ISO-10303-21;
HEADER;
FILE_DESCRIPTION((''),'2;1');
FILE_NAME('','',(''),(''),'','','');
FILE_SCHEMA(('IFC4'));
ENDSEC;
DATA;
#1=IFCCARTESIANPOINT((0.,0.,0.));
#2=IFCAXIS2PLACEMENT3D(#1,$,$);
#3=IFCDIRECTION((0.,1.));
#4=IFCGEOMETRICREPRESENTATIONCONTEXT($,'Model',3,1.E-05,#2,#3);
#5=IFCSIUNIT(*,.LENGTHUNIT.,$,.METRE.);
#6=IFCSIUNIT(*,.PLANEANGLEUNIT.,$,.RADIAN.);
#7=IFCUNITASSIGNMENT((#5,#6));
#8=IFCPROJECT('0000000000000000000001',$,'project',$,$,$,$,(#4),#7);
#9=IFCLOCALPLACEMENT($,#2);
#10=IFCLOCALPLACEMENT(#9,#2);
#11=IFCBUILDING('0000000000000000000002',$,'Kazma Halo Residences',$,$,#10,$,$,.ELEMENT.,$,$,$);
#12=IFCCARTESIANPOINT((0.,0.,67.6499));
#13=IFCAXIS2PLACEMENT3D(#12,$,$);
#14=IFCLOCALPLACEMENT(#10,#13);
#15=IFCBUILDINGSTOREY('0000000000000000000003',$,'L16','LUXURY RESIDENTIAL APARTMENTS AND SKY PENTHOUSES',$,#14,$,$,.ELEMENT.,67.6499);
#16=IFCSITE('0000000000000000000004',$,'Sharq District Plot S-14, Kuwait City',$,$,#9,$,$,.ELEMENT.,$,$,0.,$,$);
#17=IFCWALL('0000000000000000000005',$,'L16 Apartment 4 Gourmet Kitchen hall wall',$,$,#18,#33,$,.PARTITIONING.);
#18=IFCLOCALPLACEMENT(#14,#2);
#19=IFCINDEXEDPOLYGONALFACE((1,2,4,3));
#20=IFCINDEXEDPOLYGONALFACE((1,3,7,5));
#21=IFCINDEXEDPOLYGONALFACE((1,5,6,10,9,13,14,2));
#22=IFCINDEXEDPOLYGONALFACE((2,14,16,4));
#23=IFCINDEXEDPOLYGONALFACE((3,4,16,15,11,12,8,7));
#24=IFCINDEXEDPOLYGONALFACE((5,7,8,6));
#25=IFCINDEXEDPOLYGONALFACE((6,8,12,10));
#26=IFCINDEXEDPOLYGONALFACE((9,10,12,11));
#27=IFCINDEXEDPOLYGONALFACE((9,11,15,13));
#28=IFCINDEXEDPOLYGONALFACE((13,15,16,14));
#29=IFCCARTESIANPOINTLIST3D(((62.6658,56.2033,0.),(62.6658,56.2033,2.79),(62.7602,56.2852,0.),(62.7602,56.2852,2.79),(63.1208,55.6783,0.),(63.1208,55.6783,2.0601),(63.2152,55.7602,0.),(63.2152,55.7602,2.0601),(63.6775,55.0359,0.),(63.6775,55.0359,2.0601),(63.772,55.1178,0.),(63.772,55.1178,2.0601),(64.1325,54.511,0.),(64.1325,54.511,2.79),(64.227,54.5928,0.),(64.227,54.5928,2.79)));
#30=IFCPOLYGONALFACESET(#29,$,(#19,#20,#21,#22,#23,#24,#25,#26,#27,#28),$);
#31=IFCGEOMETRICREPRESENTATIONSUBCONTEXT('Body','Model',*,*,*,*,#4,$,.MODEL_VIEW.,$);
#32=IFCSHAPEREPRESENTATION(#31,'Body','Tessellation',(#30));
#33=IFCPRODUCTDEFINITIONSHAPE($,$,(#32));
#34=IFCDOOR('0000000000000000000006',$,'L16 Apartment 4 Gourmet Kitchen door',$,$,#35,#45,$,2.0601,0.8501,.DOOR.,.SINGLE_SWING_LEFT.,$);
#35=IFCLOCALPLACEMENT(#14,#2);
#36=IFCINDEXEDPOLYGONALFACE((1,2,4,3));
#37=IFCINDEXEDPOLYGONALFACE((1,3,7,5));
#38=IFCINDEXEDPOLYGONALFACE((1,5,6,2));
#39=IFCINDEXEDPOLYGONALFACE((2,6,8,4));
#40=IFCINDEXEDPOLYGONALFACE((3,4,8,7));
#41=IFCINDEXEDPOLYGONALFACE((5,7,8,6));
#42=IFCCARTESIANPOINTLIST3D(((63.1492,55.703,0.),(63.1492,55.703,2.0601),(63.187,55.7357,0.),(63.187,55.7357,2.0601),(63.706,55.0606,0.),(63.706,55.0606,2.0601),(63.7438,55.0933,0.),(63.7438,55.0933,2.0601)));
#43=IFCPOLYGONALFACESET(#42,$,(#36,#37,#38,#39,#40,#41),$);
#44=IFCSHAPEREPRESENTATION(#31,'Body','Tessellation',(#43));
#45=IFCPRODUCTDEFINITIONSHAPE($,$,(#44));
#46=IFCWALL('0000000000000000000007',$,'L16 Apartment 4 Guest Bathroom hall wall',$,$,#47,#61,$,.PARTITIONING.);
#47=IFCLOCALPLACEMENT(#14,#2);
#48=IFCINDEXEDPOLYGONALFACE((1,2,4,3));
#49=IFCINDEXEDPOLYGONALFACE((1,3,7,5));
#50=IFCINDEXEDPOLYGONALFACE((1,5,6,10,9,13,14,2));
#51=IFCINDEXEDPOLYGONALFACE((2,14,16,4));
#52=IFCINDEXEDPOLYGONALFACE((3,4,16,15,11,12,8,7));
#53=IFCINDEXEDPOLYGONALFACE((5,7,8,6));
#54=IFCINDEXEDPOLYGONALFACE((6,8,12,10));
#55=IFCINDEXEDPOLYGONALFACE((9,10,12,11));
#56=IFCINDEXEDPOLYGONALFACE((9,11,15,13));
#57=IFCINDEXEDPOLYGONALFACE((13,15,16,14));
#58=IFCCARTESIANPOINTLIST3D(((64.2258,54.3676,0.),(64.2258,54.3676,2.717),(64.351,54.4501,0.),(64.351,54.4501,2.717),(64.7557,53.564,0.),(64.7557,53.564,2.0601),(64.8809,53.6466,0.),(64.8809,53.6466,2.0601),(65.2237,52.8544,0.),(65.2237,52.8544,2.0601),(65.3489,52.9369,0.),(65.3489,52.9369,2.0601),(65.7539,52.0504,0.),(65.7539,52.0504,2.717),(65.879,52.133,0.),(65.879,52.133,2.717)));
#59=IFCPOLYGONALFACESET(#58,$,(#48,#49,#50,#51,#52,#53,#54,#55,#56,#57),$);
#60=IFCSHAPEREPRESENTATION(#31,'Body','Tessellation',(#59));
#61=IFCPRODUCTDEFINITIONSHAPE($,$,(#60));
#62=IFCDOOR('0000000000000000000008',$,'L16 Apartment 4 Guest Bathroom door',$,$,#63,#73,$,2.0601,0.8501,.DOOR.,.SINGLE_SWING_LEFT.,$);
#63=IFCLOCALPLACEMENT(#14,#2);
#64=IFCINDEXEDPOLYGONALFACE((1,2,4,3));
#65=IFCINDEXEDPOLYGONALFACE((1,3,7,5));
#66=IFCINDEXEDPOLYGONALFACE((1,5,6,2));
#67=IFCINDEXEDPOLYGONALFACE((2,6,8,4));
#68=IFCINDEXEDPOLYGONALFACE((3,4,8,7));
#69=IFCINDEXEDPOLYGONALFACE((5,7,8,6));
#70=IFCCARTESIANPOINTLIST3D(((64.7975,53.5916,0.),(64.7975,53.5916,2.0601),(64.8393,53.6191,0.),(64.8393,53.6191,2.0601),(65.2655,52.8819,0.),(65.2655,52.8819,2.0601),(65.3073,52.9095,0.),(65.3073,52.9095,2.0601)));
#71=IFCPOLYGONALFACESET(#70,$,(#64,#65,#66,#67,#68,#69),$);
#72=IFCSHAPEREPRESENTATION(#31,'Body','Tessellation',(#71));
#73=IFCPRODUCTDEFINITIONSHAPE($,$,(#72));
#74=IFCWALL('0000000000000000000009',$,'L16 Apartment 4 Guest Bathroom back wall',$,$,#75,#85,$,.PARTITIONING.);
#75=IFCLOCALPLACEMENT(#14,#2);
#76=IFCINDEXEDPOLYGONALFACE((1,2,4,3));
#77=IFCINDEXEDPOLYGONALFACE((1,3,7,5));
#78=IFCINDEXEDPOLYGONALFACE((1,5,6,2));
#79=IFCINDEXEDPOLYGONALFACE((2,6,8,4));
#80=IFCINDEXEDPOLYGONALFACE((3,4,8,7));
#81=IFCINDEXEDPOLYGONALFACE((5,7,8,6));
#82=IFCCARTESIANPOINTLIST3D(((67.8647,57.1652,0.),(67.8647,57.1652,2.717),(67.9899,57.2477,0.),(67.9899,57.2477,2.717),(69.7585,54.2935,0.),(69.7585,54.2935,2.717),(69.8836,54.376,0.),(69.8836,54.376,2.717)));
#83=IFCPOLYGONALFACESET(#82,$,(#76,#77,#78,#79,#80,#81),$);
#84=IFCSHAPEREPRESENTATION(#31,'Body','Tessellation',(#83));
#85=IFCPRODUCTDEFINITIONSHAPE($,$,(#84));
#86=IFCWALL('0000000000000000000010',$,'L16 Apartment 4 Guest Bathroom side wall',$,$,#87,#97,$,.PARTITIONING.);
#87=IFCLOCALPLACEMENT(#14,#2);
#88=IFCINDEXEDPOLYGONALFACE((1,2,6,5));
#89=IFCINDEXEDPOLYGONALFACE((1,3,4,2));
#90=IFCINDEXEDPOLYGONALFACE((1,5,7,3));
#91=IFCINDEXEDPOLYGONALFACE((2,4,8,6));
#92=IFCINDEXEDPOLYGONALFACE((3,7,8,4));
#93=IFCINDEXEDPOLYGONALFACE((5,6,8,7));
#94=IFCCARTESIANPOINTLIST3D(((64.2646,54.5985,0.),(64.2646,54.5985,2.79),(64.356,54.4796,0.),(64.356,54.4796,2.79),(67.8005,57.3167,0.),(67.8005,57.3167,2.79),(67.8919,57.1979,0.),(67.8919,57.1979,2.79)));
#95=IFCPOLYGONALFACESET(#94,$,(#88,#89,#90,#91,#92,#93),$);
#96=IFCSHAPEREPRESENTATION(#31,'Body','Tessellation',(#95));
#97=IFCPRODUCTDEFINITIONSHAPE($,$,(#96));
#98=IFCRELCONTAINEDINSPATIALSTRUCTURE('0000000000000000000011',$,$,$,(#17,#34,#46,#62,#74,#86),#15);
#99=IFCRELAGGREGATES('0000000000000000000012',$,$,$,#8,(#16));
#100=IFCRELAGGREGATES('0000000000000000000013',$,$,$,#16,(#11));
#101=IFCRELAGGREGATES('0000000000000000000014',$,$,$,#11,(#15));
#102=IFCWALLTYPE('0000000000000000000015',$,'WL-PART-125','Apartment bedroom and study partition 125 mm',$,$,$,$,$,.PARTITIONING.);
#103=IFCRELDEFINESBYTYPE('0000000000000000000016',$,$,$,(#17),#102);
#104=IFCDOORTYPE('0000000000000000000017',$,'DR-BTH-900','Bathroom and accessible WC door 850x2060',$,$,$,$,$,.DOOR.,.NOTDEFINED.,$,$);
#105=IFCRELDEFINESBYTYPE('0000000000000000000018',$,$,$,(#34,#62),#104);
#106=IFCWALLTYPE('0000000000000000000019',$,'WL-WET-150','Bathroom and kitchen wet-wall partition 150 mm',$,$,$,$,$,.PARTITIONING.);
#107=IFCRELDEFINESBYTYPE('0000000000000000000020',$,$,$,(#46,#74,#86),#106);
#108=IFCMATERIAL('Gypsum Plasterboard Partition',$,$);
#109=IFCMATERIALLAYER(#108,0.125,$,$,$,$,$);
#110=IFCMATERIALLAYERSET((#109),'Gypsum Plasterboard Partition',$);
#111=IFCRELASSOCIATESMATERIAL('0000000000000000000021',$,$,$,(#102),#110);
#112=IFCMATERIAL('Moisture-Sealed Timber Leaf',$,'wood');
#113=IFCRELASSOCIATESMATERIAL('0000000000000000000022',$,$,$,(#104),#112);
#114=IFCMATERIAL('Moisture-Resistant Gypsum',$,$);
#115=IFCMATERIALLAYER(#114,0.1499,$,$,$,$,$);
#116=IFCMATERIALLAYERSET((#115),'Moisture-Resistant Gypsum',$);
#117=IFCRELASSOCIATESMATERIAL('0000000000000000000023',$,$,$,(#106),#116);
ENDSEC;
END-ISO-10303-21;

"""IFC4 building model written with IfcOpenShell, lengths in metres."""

from ifc_helpers import new_model, si_unit, direction, frame, frame_2d, origin, place, context, subcontext, project, spatial, rectangle, extrude, material, layer, layer_set, type_object, element, fill, save


model = new_model("IFC4")

# Units and contexts
model_context = context("Model", 3, precision=1e-05, world=origin(), true_north=direction((0.0, 1.0)))
body_context = subcontext(model_context, "Body", "Model", "MODEL_VIEW")
ifc_project = project(units=[si_unit("LENGTHUNIT", "METRE"), si_unit("PLANEANGLEUNIT", "RADIAN")], contexts=[model_context])

# Site, building, storey
site_placement = place(None, origin())
site = spatial("IfcSite", under=ifc_project, at=site_placement, Name="Sharq District Plot S-14, Kuwait City", CompositionType="ELEMENT", RefElevation=0.0)
building_placement = place(site_placement, origin())
building = spatial("IfcBuilding", under=site, at=building_placement, Name="Kazma Halo Residences", CompositionType="ELEMENT")
storey_placement = place(building_placement, frame((0.0, 0.0, 67.6499)))
storey = spatial("IfcBuildingStorey", under=building, at=storey_placement, Name="L16", Description="LUXURY RESIDENTIAL APARTMENTS AND SKY PENTHOUSES", CompositionType="ELEMENT", Elevation=67.6499)

# Shared definitions
ifc_material_1 = material(Name="Gypsum Plasterboard Partition")
ifc_layer_1 = layer(ifc_material_1, 0.125)
ifc_layer_set_1 = layer_set([ifc_layer_1], Name="Gypsum Plasterboard Partition")
wall_type_1 = type_object("IfcWallType", Name="WL-PART-125", Description="Apartment bedroom and study partition 125 mm", PredefinedType="PARTITIONING", material=ifc_layer_set_1)

# Walls, openings, doors
ifc_material_2 = material(Name="Moisture-Sealed Timber Leaf", Category="wood")
door_type = type_object("IfcDoorType", Name="DR-BTH-900", Description="Bathroom and accessible WC door 850x2060", OperationType="NOTDEFINED", PredefinedType="DOOR", material=ifc_material_2)
wall_1_placement = place(storey_placement, frame((64.1797, 54.552, 0.0), z_axis=(0.0, 0.0, 1.0), x_axis=(-0.654947, 0.755675, 0.0)))
wall_1 = element("IfcWall", 1, at=wall_1_placement, inside=storey, type_object=wall_type_1, Name="L16 Apartment 4 Gourmet Kitchen hall wall", PredefinedType="PARTITIONING", context=body_context, shape_type="SweptSolid", body=[
    extrude(rectangle(XDim=2.2395, YDim=0.125, at=frame_2d((1.1196, 0.0))), origin(), (0.0, 0.0, 1.0), 2.79),
])
opening_1_placement = place(wall_1_placement, frame((0.6946, 0.0, 0.0)))
opening_1 = element("IfcOpeningElement", 2, at=opening_1_placement, cuts=wall_1, PredefinedType="OPENING", context=body_context, shape_type="SweptSolid", body=[
    extrude(rectangle(XDim=0.8501, YDim=2.0601, at=frame_2d((0.425, 1.03))), frame((0.0, 0.0725, 0.0), z_axis=(0.0, -1.0, 0.0), x_axis=(1.0, 0.0, 0.0)), (0.0, 0.0, 1.0), 0.145),
])
door_1_placement = place(opening_1_placement, origin())
door_1 = element("IfcDoor", 3, at=door_1_placement, inside=storey, type_object=door_type, Name="L16 Apartment 4 Gourmet Kitchen door", OperationType="SINGLE_SWING_LEFT", OverallHeight=2.0601, OverallWidth=0.8501, PredefinedType="DOOR", context=body_context, shape_type="SweptSolid", body=[
    extrude(rectangle(XDim=0.8501, YDim=2.0601, at=frame_2d((0.425, 1.03))), frame((0.0, 0.0249, 0.0), z_axis=(0.0, -1.0, 0.0), x_axis=(1.0, 0.0, 0.0)), (0.0, 0.0, 1.0), 0.05),
])
fill(opening_1, door_1)
ifc_material_3 = material(Name="Moisture-Resistant Gypsum")
ifc_layer_2 = layer(ifc_material_3, 0.1499)
ifc_layer_set_2 = layer_set([ifc_layer_2], Name="Moisture-Resistant Gypsum")
wall_type_2 = type_object("IfcWallType", Name="WL-WET-150", Description="Bathroom and kitchen wet-wall partition 150 mm", PredefinedType="PARTITIONING", material=ifc_layer_set_2)
wall_2_placement = place(storey_placement, frame((65.8164, 52.0918, 0.0), z_axis=(0.0, 0.0, 1.0), x_axis=(-0.550532, 0.834814, 0.0)))
wall_2 = element("IfcWall", 4, at=wall_2_placement, inside=storey, type_object=wall_type_2, Name="L16 Apartment 4 Guest Bathroom hall wall", PredefinedType="PARTITIONING", context=body_context, shape_type="SweptSolid", body=[
    extrude(rectangle(XDim=2.7756, YDim=0.1499, at=frame_2d((1.3877, 0.0))), origin(), (0.0, 0.0, 1.0), 2.717),
])
opening_2_placement = place(wall_2_placement, frame((0.9629, 0.0, 0.0)))
opening_2 = element("IfcOpeningElement", 5, at=opening_2_placement, cuts=wall_2, PredefinedType="OPENING", context=body_context, shape_type="SweptSolid", body=[
    extrude(rectangle(XDim=0.8501, YDim=2.0601, at=frame_2d((0.425, 1.03))), frame((0.0, 0.085, 0.0), z_axis=(0.0, -1.0, 0.0), x_axis=(1.0, 0.0, 0.0)), (0.0, 0.0, 1.0), 0.1699),
])
door_2_placement = place(opening_2_placement, origin())
door_2 = element("IfcDoor", 6, at=door_2_placement, inside=storey, type_object=door_type, Name="L16 Apartment 4 Guest Bathroom door", OperationType="SINGLE_SWING_LEFT", OverallHeight=2.0601, OverallWidth=0.8501, PredefinedType="DOOR", context=body_context, shape_type="SweptSolid", body=[
    extrude(rectangle(XDim=0.8501, YDim=2.0601, at=frame_2d((0.425, 1.03))), frame((0.0, 0.0249, 0.0), z_axis=(0.0, -1.0, 0.0), x_axis=(1.0, 0.0, 0.0)), (0.0, 0.0, 1.0), 0.05),
])
fill(opening_2, door_2)

# Walls
wall_3_placement = place(storey_placement, frame((69.821, 54.3347, 0.0), z_axis=(0.0, 0.0, 1.0), x_axis=(-0.550517, 0.834824, 0.0)))
element("IfcWall", 7, at=wall_3_placement, inside=storey, type_object=wall_type_2, Name="L16 Apartment 4 Guest Bathroom back wall", PredefinedType="PARTITIONING", context=body_context, shape_type="SweptSolid", body=[
    extrude(rectangle(XDim=3.4399, YDim=0.1499, at=frame_2d((1.72, 0.0))), origin(), (0.0, 0.0, 1.0), 2.717),
])
wall_4_placement = place(storey_placement, frame((64.3103, 54.5391, 0.0), z_axis=(0.0, 0.0, 1.0), x_axis=(0.792803, 0.609478, 0.0)))
element("IfcWall", 8, at=wall_4_placement, inside=storey, type_object=wall_type_2, Name="L16 Apartment 4 Guest Bathroom side wall", PredefinedType="PARTITIONING", context=body_context, shape_type="SweptSolid", body=[
    extrude(rectangle(XDim=4.46, YDim=0.1499, at=frame_2d((2.23, 0.0))), origin(), (0.0, 0.0, 1.0), 2.79),
])

save(model, "model.ifc")
